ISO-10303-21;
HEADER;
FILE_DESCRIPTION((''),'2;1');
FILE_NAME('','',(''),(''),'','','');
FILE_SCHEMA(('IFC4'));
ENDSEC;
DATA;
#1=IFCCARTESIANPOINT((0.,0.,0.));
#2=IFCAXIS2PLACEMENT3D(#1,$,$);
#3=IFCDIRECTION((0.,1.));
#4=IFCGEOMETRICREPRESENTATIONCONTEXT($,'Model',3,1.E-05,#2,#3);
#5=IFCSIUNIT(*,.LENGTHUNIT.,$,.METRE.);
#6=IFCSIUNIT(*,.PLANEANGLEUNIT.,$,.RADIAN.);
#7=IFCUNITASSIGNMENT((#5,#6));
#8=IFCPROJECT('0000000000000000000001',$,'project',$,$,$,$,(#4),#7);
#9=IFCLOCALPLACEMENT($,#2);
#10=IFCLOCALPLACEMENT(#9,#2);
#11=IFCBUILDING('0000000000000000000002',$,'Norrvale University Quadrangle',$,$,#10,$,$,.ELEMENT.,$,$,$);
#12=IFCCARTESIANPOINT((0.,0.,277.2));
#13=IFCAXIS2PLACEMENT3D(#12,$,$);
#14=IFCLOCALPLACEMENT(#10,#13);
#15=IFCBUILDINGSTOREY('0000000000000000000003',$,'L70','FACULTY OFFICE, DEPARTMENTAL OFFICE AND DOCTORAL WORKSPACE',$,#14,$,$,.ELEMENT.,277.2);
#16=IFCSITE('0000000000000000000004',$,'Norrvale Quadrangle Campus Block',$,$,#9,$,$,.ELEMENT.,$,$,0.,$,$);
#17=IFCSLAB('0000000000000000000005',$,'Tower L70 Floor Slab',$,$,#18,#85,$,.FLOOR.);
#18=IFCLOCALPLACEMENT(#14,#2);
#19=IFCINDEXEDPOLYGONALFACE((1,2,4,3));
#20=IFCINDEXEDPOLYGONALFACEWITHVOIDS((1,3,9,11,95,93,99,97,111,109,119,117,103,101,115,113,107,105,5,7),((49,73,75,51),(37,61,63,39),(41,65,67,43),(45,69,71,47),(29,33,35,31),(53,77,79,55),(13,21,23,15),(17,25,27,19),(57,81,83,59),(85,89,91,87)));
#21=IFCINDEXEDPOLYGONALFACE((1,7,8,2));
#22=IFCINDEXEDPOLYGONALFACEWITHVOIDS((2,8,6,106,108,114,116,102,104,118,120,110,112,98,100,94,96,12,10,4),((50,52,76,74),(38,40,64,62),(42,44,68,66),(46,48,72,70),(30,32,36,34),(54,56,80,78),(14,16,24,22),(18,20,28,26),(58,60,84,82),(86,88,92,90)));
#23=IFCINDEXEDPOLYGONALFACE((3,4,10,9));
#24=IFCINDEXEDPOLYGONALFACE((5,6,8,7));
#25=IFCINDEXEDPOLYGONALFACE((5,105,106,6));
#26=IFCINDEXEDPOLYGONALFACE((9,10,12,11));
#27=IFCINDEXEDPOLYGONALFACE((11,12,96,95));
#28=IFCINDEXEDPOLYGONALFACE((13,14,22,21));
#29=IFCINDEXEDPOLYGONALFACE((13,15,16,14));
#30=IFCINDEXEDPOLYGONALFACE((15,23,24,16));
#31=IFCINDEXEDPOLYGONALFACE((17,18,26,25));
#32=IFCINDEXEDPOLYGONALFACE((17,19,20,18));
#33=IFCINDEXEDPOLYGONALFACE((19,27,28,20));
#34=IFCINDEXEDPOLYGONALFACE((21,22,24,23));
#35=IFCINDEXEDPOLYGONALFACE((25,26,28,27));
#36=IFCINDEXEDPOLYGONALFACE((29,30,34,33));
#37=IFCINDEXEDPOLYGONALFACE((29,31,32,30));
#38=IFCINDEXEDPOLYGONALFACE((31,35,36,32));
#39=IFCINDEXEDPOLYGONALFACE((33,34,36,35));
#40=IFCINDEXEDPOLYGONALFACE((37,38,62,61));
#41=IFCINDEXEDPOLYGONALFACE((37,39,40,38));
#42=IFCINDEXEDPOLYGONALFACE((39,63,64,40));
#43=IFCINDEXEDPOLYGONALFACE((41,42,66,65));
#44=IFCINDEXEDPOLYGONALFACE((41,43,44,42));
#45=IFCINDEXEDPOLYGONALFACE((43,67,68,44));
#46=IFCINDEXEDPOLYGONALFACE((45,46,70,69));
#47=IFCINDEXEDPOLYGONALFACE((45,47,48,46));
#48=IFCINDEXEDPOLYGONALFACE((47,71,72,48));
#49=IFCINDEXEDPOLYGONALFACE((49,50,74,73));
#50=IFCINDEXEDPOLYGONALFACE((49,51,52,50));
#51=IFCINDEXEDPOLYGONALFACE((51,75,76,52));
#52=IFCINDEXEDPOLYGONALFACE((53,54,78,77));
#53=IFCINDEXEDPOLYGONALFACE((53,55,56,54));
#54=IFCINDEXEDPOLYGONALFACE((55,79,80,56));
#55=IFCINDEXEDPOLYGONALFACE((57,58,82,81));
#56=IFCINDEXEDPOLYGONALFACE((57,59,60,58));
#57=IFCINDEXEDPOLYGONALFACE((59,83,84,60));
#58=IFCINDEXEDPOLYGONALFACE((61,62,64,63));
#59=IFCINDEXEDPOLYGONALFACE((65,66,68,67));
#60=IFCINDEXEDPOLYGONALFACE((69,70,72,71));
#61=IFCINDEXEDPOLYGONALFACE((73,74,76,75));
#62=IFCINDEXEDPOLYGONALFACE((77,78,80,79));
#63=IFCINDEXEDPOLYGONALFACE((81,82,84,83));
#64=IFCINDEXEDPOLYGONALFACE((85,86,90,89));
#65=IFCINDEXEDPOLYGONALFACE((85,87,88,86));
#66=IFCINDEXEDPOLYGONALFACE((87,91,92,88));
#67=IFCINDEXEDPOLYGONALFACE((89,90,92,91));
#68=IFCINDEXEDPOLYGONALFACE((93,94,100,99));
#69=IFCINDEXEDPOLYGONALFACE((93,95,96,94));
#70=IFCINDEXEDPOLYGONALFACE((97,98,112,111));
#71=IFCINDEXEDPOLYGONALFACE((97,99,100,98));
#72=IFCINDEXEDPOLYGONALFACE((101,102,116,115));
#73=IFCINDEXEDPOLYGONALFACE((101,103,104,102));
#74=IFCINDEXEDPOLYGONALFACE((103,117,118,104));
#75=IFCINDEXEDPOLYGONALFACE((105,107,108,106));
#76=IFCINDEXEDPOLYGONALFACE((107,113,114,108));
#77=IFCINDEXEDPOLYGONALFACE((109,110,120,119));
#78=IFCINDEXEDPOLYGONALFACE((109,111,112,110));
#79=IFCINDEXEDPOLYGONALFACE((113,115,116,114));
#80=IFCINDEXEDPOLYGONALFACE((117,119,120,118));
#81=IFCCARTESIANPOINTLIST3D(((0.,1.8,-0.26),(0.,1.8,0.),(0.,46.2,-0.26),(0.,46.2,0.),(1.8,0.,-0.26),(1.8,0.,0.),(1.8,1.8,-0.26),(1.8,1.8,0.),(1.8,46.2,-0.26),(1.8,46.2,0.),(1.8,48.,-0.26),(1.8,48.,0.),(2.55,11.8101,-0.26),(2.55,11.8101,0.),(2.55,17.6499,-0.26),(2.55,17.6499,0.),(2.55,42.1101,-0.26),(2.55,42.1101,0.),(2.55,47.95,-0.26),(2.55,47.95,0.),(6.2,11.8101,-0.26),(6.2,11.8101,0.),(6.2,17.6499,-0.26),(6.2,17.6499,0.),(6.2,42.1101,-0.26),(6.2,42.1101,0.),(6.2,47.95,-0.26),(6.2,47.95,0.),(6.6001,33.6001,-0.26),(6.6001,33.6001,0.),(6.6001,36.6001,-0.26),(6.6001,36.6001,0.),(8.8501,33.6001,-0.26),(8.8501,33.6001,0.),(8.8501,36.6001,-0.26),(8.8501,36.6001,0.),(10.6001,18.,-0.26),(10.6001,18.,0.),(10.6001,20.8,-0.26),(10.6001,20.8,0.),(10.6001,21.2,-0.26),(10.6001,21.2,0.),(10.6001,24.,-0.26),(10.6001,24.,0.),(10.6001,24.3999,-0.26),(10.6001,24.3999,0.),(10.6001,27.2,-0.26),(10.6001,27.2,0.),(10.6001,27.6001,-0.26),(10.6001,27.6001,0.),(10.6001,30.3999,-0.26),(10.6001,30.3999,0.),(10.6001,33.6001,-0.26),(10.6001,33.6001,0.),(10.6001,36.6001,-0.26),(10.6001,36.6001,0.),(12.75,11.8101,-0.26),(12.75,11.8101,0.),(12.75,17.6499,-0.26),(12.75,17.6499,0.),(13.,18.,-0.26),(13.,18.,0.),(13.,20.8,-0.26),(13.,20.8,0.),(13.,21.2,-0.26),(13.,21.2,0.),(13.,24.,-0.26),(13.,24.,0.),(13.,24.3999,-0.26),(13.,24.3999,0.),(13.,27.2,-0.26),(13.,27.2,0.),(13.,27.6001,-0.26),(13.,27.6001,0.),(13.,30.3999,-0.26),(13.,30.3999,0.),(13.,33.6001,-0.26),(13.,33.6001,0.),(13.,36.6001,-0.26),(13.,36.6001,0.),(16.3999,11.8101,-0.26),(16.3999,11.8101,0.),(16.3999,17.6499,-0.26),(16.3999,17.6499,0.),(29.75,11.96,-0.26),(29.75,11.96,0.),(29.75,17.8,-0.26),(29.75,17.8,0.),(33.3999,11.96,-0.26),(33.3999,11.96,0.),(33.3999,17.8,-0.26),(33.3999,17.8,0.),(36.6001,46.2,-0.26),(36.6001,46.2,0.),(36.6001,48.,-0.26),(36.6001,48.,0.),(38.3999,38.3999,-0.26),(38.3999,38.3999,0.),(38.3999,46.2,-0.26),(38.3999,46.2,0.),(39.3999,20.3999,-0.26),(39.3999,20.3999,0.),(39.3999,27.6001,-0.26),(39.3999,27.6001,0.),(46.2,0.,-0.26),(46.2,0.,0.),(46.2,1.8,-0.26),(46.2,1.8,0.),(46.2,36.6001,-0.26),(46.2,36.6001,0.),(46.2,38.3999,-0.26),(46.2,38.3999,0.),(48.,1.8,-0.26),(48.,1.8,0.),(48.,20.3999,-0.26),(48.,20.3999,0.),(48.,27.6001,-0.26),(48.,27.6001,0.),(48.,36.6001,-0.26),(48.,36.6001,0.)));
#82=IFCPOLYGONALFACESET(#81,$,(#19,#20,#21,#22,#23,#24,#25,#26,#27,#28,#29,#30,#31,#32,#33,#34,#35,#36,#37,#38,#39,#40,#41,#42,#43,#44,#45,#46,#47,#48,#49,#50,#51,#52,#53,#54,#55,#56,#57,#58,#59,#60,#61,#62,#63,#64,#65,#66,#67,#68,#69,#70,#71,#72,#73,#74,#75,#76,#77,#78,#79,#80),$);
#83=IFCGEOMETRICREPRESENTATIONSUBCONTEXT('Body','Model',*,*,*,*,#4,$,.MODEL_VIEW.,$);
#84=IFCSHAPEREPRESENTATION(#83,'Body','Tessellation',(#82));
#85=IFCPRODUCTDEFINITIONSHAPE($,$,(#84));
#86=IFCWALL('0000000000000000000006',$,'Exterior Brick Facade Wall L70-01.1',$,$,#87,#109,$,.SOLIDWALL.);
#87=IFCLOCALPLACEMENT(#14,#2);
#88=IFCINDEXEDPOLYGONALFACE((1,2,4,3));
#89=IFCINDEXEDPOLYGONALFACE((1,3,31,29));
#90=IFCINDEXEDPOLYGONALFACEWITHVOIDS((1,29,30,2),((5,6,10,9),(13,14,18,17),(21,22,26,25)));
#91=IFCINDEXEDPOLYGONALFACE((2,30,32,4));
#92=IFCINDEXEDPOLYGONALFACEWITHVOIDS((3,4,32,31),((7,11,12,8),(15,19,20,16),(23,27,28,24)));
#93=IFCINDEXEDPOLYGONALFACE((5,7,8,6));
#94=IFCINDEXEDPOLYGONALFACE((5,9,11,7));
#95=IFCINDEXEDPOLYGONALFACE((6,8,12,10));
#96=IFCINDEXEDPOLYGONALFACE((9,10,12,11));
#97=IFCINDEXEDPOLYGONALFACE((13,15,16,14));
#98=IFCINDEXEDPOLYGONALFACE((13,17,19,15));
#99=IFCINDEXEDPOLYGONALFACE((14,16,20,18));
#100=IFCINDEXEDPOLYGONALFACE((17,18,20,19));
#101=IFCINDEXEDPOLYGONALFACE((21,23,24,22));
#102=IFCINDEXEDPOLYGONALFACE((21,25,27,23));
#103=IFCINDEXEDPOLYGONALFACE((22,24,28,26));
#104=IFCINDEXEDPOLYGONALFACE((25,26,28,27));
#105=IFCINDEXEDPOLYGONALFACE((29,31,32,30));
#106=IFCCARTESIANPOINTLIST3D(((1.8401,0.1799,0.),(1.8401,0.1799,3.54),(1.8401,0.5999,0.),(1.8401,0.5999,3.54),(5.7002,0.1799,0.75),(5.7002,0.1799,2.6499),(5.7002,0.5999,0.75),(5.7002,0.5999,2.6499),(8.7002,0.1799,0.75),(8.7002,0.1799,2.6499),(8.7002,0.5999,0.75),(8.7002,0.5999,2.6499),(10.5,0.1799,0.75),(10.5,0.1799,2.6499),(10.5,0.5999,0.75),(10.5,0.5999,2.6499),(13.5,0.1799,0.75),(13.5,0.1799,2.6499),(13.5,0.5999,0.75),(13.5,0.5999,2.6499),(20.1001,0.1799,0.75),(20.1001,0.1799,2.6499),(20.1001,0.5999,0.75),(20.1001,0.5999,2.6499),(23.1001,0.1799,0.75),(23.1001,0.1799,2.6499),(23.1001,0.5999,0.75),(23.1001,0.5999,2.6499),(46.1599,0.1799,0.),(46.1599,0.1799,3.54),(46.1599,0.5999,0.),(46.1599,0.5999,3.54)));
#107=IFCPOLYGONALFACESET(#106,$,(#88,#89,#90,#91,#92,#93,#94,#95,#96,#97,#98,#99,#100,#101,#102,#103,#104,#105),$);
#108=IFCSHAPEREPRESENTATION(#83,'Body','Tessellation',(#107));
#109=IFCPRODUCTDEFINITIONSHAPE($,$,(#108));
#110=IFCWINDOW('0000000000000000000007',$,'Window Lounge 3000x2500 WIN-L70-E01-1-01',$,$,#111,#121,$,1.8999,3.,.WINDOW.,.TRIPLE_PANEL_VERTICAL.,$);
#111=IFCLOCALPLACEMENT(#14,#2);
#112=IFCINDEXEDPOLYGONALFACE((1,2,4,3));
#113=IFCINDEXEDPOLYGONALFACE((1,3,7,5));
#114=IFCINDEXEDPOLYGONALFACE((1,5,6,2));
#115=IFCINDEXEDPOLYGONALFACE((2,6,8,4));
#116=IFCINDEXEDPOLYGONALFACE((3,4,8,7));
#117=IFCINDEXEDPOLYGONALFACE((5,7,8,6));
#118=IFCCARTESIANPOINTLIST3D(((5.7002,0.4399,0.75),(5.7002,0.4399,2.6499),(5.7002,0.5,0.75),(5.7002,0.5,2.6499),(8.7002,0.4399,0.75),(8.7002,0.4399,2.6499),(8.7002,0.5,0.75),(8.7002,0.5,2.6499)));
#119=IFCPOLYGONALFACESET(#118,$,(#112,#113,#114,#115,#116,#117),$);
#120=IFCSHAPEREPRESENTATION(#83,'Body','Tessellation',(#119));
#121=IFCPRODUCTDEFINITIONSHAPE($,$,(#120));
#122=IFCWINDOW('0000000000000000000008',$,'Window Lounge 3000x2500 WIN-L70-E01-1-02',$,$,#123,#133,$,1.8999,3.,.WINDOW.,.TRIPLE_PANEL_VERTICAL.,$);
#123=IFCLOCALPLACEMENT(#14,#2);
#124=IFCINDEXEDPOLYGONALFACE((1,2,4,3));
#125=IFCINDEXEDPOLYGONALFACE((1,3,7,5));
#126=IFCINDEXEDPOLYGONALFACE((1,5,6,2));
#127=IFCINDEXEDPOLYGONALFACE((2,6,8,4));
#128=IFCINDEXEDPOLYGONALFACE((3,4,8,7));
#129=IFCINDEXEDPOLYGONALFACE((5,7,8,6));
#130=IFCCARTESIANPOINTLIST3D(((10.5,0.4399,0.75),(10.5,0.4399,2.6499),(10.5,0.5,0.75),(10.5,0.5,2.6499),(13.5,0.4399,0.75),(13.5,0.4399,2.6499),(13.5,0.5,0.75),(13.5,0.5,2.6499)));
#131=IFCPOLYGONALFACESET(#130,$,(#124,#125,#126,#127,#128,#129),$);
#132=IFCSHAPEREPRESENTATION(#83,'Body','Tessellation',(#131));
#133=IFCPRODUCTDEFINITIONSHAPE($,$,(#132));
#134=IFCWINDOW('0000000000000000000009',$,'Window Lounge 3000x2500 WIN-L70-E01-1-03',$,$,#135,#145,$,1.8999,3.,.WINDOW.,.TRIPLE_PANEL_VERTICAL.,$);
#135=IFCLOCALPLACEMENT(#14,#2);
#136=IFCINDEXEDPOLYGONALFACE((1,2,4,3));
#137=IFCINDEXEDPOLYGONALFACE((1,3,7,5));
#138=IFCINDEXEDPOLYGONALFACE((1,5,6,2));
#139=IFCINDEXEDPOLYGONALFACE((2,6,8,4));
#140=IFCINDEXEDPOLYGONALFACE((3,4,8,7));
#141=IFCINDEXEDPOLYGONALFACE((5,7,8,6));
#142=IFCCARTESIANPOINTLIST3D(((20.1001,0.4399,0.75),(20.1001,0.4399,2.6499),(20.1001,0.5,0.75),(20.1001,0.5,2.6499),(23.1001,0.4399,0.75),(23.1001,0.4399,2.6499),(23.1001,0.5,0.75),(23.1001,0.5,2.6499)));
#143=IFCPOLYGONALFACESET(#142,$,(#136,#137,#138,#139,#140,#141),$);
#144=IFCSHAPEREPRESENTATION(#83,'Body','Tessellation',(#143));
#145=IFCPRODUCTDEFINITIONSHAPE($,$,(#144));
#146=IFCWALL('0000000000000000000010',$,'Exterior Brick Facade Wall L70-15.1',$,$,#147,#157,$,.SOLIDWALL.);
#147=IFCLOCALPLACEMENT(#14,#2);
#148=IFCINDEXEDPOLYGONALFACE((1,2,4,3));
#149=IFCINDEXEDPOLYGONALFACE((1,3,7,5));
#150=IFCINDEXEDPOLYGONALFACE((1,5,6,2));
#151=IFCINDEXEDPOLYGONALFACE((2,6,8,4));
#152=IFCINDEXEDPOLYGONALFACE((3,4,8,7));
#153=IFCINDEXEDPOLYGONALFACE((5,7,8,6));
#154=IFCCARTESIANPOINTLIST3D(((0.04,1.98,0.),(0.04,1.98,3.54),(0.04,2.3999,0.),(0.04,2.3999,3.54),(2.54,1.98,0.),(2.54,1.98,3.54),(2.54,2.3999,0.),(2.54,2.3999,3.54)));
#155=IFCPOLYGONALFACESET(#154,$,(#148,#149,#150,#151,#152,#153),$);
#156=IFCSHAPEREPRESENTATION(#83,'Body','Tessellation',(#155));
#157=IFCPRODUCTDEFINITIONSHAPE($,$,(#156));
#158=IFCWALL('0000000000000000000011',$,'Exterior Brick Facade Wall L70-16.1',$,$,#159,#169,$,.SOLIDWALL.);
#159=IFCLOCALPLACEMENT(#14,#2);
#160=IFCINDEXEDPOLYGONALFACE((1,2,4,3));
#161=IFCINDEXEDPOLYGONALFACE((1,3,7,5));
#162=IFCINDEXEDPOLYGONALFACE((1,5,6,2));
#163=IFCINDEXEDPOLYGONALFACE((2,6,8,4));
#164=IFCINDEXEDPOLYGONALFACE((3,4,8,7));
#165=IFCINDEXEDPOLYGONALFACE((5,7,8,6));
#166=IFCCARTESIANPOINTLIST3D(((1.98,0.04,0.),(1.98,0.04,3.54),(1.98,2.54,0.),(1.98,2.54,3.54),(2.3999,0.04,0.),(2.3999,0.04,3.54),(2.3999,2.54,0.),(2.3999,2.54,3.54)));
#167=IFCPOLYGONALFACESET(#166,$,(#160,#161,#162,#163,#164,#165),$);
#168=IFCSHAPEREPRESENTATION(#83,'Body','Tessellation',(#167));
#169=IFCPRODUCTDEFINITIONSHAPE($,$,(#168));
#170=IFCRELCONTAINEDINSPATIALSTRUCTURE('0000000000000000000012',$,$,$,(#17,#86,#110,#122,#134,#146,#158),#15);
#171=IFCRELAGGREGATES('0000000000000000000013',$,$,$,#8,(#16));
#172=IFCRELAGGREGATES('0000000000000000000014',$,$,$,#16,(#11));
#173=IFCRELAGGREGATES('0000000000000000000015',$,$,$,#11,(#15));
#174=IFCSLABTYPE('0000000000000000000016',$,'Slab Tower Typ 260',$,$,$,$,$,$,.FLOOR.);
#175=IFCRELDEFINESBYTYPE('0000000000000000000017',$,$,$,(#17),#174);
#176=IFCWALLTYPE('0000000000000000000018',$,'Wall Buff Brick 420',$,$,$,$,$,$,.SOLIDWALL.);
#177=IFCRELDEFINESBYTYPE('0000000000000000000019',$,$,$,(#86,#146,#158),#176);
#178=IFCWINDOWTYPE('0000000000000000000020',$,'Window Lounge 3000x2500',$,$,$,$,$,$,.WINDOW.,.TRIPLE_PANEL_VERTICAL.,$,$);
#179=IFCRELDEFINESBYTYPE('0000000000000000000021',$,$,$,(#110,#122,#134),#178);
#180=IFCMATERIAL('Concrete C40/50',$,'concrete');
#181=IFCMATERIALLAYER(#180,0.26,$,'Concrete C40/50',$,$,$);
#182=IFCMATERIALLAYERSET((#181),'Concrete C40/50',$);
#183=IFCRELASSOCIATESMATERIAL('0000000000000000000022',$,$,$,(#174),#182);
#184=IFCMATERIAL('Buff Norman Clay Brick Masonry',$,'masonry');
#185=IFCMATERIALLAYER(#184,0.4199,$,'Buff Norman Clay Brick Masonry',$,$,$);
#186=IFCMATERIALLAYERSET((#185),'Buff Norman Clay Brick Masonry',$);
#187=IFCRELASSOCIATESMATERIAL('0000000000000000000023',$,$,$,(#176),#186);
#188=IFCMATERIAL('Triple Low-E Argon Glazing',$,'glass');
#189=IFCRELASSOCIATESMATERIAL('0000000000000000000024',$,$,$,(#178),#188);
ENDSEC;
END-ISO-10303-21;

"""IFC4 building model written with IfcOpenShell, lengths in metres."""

from ifc_helpers import new_model, si_unit, direction, frame, frame_2d, origin, place, context, subcontext, project, spatial, polyline, rectangle, outline, extrude, material, layer, layer_set, type_object, element, fill, save


model = new_model("IFC4")

# Units and contexts
model_context = context("Model", 3, precision=1e-05, world=origin(), true_north=direction((0.0, 1.0)))
body_context = subcontext(model_context, "Body", "Model", "MODEL_VIEW")
ifc_project = project(units=[si_unit("LENGTHUNIT", "METRE"), si_unit("PLANEANGLEUNIT", "RADIAN")], contexts=[model_context])

# Site, building, storey
site_placement = place(None, origin())
site = spatial("IfcSite", under=ifc_project, at=site_placement, Name="Norrvale Quadrangle Campus Block", CompositionType="ELEMENT", RefElevation=0.0)
building_placement = place(site_placement, origin())
building = spatial("IfcBuilding", under=site, at=building_placement, Name="Norrvale University Quadrangle", CompositionType="ELEMENT")
storey_placement = place(building_placement, frame((0.0, 0.0, 277.2)))
storey = spatial("IfcBuildingStorey", under=building, at=storey_placement, Name="L70", Description="FACULTY OFFICE, DEPARTMENTAL OFFICE AND DOCTORAL WORKSPACE", CompositionType="ELEMENT", Elevation=277.2)

# Shared definitions
ifc_material_1 = material(Name="Concrete C40/50", Category="concrete")

# Slab
ifc_layer_1 = layer(ifc_material_1, 0.26, Name="Concrete C40/50")
ifc_layer_set_1 = layer_set([ifc_layer_1], Name="Concrete C40/50")
slab_type_1 = type_object("IfcSlabType", Name="Slab Tower Typ 260", PredefinedType="FLOOR", material=ifc_layer_set_1)
slab_1_placement = place(storey_placement, frame((0.0, 0.0, -0.26)))
element("IfcSlab", 1, at=slab_1_placement, inside=storey, type_object=slab_type_1, Name="Tower L70 Floor Slab", PredefinedType="FLOOR", context=body_context, shape_type="SweptSolid", body=[
    extrude(outline(polyline([(48.0, 1.8), (46.2, 1.8), (46.2, 0.0), (1.8, 0.0), (1.8, 1.8), (0.0, 1.8), (0.0, 46.2), (1.8, 46.2), (1.8, 48.0), (36.6001, 48.0), (36.6001, 46.2), (38.3999, 46.2), (38.3999, 38.3999), (46.2, 38.3999), (46.2, 36.6001), (48.0, 36.6001), (48.0, 27.6001), (39.3999, 27.6001), (39.3999, 20.3999), (48.0, 20.3999), (48.0, 1.8)]), holes=[polyline([(2.55, 11.8101), (6.2, 11.8101), (6.2, 17.6499), (2.55, 17.6499), (2.55, 11.8101)]), polyline([(2.55, 42.1101), (6.2, 42.1101), (6.2, 47.95), (2.55, 47.95), (2.55, 42.1101)]), polyline([(12.75, 11.8101), (16.3999, 11.8101), (16.3999, 17.6499), (12.75, 17.6499), (12.75, 11.8101)]), polyline([(29.75, 11.96), (33.3999, 11.96), (33.3999, 17.8), (29.75, 17.8), (29.75, 11.96)]), polyline([(10.6001, 18.0), (13.0, 18.0), (13.0, 20.8), (10.6001, 20.8), (10.6001, 18.0)]), polyline([(10.6001, 21.2), (13.0, 21.2), (13.0, 24.0), (10.6001, 24.0), (10.6001, 21.2)]), polyline([(10.6001, 24.3999), (13.0, 24.3999), (13.0, 27.2), (10.6001, 27.2), (10.6001, 24.3999)]), polyline([(10.6001, 27.6001), (13.0, 27.6001), (13.0, 30.3999), (10.6001, 30.3999), (10.6001, 27.6001)]), polyline([(6.6001, 33.6001), (8.8501, 33.6001), (8.8501, 36.6001), (6.6001, 36.6001), (6.6001, 33.6001)]), polyline([(10.6001, 33.6001), (13.0, 33.6001), (13.0, 36.6001), (10.6001, 36.6001), (10.6001, 33.6001)])]), origin(), (0.0, 0.0, 1.0), 0.26),
])

# Wall, openings, windows
ifc_material_2 = material(Name="Buff Norman Clay Brick Masonry", Category="masonry")
ifc_layer_2 = layer(ifc_material_2, 0.4199, Name="Buff Norman Clay Brick Masonry")
ifc_layer_set_2 = layer_set([ifc_layer_2], Name="Buff Norman Clay Brick Masonry")
wall_type_1 = type_object("IfcWallType", Name="Wall Buff Brick 420", PredefinedType="SOLIDWALL", material=ifc_layer_set_2)
wall_1_placement = place(storey_placement, frame((1.8401, 0.3899, 0.0), z_axis=(0.0, 0.0, 1.0), x_axis=(1.0, 0.0, 0.0)))
wall_1 = element("IfcWall", 2, at=wall_1_placement, inside=storey, type_object=wall_type_1, Name="Exterior Brick Facade Wall L70-01.1", PredefinedType="SOLIDWALL", context=body_context, shape_type="SweptSolid", body=[
    extrude(rectangle(XDim=44.3198, YDim=0.4199, at=frame_2d((22.1599, 0.0))), origin(), (0.0, 0.0, 1.0), 3.54),
])
opening_1_placement = place(wall_1_placement, frame((3.8601, 0.0, 0.75)))
opening_1 = element("IfcOpeningElement", 3, at=opening_1_placement, cuts=wall_1, PredefinedType="OPENING", context=body_context, shape_type="SweptSolid", body=[
    extrude(rectangle(XDim=3.0, YDim=1.8999, at=frame_2d((1.5, 0.95))), frame((0.0, 0.2219, 0.0), z_axis=(0.0, -1.0, 0.0), x_axis=(1.0, 0.0, 0.0)), (0.0, 0.0, 1.0), 0.4438),
])
opening_2_placement = place(wall_1_placement, frame((8.6599, 0.0, 0.75)))
opening_2 = element("IfcOpeningElement", 4, at=opening_2_placement, cuts=wall_1, PredefinedType="OPENING", context=body_context, shape_type="SweptSolid", body=[
    extrude(rectangle(XDim=3.0, YDim=1.8999, at=frame_2d((1.5, 0.95))), frame((0.0, 0.2219, 0.0), z_axis=(0.0, -1.0, 0.0), x_axis=(1.0, 0.0, 0.0)), (0.0, 0.0, 1.0), 0.4438),
])
opening_3_placement = place(wall_1_placement, frame((18.26, 0.0, 0.75)))
opening_3 = element("IfcOpeningElement", 5, at=opening_3_placement, cuts=wall_1, PredefinedType="OPENING", context=body_context, shape_type="SweptSolid", body=[
    extrude(rectangle(XDim=3.0, YDim=1.8999, at=frame_2d((1.5, 0.95))), frame((0.0, 0.2219, 0.0), z_axis=(0.0, -1.0, 0.0), x_axis=(1.0, 0.0, 0.0)), (0.0, 0.0, 1.0), 0.4438),
])
ifc_material_3 = material(Name="Triple Low-E Argon Glazing", Category="glass")
window_type = type_object("IfcWindowType", Name="Window Lounge 3000x2500", PartitioningType="TRIPLE_PANEL_VERTICAL", PredefinedType="WINDOW", material=ifc_material_3)
window_1_placement = place(opening_1_placement, origin())
window_1 = element("IfcWindow", 6, at=window_1_placement, inside=storey, type_object=window_type, Name="Window Lounge 3000x2500 WIN-L70-E01-1-01", OverallHeight=1.8999, OverallWidth=3.0, PartitioningType="TRIPLE_PANEL_VERTICAL", PredefinedType="WINDOW", context=body_context, shape_type="SweptSolid", body=[
    extrude(rectangle(XDim=3.0, YDim=1.8999, at=frame_2d((1.5, 0.95))), frame((0.0, 0.1101, 0.0), z_axis=(0.0, -1.0, 0.0), x_axis=(1.0, 0.0, 0.0)), (0.0, 0.0, 1.0), 0.0601),
])
fill(opening_1, window_1)
window_2_placement = place(opening_2_placement, origin())
window_2 = element("IfcWindow", 7, at=window_2_placement, inside=storey, type_object=window_type, Name="Window Lounge 3000x2500 WIN-L70-E01-1-02", OverallHeight=1.8999, OverallWidth=3.0, PartitioningType="TRIPLE_PANEL_VERTICAL", PredefinedType="WINDOW", context=body_context, shape_type="SweptSolid", body=[
    extrude(rectangle(XDim=3.0, YDim=1.8999, at=frame_2d((1.5, 0.95))), frame((0.0, 0.1101, 0.0), z_axis=(0.0, -1.0, 0.0), x_axis=(1.0, 0.0, 0.0)), (0.0, 0.0, 1.0), 0.0601),
])
fill(opening_2, window_2)
window_3_placement = place(opening_3_placement, origin())
window_3 = element("IfcWindow", 8, at=window_3_placement, inside=storey, type_object=window_type, Name="Window Lounge 3000x2500 WIN-L70-E01-1-03", OverallHeight=1.8999, OverallWidth=3.0, PartitioningType="TRIPLE_PANEL_VERTICAL", PredefinedType="WINDOW", context=body_context, shape_type="SweptSolid", body=[
    extrude(rectangle(XDim=3.0, YDim=1.8999, at=frame_2d((1.5, 0.95))), frame((0.0, 0.1101, 0.0), z_axis=(0.0, -1.0, 0.0), x_axis=(1.0, 0.0, 0.0)), (0.0, 0.0, 1.0), 0.0601),
])
fill(opening_3, window_3)

# Walls
for number, where, z_axis, x_axis, name in (
    (9, (0.04, 2.1899, 0.0), (0.0, 0.0, 1.0), (1.0, 0.0, 0.0), "Exterior Brick Facade Wall L70-15.1"),
    (10, (2.1899, 2.54, 0.0), (0.0, 0.0, 1.0), (0.0, -1.0, 0.0), "Exterior Brick Facade Wall L70-16.1"),
):
    element("IfcWall", number, at=place(storey_placement, frame(where, z_axis=z_axis, x_axis=x_axis)), inside=storey, type_object=wall_type_1, Name=name, PredefinedType="SOLIDWALL", context=body_context, shape_type="SweptSolid", body=[
        extrude(rectangle(XDim=2.5, YDim=0.4199, at=frame_2d((1.25, 0.0))), origin(), (0.0, 0.0, 1.0), 3.54),
    ])

save(model, "model.ifc")
